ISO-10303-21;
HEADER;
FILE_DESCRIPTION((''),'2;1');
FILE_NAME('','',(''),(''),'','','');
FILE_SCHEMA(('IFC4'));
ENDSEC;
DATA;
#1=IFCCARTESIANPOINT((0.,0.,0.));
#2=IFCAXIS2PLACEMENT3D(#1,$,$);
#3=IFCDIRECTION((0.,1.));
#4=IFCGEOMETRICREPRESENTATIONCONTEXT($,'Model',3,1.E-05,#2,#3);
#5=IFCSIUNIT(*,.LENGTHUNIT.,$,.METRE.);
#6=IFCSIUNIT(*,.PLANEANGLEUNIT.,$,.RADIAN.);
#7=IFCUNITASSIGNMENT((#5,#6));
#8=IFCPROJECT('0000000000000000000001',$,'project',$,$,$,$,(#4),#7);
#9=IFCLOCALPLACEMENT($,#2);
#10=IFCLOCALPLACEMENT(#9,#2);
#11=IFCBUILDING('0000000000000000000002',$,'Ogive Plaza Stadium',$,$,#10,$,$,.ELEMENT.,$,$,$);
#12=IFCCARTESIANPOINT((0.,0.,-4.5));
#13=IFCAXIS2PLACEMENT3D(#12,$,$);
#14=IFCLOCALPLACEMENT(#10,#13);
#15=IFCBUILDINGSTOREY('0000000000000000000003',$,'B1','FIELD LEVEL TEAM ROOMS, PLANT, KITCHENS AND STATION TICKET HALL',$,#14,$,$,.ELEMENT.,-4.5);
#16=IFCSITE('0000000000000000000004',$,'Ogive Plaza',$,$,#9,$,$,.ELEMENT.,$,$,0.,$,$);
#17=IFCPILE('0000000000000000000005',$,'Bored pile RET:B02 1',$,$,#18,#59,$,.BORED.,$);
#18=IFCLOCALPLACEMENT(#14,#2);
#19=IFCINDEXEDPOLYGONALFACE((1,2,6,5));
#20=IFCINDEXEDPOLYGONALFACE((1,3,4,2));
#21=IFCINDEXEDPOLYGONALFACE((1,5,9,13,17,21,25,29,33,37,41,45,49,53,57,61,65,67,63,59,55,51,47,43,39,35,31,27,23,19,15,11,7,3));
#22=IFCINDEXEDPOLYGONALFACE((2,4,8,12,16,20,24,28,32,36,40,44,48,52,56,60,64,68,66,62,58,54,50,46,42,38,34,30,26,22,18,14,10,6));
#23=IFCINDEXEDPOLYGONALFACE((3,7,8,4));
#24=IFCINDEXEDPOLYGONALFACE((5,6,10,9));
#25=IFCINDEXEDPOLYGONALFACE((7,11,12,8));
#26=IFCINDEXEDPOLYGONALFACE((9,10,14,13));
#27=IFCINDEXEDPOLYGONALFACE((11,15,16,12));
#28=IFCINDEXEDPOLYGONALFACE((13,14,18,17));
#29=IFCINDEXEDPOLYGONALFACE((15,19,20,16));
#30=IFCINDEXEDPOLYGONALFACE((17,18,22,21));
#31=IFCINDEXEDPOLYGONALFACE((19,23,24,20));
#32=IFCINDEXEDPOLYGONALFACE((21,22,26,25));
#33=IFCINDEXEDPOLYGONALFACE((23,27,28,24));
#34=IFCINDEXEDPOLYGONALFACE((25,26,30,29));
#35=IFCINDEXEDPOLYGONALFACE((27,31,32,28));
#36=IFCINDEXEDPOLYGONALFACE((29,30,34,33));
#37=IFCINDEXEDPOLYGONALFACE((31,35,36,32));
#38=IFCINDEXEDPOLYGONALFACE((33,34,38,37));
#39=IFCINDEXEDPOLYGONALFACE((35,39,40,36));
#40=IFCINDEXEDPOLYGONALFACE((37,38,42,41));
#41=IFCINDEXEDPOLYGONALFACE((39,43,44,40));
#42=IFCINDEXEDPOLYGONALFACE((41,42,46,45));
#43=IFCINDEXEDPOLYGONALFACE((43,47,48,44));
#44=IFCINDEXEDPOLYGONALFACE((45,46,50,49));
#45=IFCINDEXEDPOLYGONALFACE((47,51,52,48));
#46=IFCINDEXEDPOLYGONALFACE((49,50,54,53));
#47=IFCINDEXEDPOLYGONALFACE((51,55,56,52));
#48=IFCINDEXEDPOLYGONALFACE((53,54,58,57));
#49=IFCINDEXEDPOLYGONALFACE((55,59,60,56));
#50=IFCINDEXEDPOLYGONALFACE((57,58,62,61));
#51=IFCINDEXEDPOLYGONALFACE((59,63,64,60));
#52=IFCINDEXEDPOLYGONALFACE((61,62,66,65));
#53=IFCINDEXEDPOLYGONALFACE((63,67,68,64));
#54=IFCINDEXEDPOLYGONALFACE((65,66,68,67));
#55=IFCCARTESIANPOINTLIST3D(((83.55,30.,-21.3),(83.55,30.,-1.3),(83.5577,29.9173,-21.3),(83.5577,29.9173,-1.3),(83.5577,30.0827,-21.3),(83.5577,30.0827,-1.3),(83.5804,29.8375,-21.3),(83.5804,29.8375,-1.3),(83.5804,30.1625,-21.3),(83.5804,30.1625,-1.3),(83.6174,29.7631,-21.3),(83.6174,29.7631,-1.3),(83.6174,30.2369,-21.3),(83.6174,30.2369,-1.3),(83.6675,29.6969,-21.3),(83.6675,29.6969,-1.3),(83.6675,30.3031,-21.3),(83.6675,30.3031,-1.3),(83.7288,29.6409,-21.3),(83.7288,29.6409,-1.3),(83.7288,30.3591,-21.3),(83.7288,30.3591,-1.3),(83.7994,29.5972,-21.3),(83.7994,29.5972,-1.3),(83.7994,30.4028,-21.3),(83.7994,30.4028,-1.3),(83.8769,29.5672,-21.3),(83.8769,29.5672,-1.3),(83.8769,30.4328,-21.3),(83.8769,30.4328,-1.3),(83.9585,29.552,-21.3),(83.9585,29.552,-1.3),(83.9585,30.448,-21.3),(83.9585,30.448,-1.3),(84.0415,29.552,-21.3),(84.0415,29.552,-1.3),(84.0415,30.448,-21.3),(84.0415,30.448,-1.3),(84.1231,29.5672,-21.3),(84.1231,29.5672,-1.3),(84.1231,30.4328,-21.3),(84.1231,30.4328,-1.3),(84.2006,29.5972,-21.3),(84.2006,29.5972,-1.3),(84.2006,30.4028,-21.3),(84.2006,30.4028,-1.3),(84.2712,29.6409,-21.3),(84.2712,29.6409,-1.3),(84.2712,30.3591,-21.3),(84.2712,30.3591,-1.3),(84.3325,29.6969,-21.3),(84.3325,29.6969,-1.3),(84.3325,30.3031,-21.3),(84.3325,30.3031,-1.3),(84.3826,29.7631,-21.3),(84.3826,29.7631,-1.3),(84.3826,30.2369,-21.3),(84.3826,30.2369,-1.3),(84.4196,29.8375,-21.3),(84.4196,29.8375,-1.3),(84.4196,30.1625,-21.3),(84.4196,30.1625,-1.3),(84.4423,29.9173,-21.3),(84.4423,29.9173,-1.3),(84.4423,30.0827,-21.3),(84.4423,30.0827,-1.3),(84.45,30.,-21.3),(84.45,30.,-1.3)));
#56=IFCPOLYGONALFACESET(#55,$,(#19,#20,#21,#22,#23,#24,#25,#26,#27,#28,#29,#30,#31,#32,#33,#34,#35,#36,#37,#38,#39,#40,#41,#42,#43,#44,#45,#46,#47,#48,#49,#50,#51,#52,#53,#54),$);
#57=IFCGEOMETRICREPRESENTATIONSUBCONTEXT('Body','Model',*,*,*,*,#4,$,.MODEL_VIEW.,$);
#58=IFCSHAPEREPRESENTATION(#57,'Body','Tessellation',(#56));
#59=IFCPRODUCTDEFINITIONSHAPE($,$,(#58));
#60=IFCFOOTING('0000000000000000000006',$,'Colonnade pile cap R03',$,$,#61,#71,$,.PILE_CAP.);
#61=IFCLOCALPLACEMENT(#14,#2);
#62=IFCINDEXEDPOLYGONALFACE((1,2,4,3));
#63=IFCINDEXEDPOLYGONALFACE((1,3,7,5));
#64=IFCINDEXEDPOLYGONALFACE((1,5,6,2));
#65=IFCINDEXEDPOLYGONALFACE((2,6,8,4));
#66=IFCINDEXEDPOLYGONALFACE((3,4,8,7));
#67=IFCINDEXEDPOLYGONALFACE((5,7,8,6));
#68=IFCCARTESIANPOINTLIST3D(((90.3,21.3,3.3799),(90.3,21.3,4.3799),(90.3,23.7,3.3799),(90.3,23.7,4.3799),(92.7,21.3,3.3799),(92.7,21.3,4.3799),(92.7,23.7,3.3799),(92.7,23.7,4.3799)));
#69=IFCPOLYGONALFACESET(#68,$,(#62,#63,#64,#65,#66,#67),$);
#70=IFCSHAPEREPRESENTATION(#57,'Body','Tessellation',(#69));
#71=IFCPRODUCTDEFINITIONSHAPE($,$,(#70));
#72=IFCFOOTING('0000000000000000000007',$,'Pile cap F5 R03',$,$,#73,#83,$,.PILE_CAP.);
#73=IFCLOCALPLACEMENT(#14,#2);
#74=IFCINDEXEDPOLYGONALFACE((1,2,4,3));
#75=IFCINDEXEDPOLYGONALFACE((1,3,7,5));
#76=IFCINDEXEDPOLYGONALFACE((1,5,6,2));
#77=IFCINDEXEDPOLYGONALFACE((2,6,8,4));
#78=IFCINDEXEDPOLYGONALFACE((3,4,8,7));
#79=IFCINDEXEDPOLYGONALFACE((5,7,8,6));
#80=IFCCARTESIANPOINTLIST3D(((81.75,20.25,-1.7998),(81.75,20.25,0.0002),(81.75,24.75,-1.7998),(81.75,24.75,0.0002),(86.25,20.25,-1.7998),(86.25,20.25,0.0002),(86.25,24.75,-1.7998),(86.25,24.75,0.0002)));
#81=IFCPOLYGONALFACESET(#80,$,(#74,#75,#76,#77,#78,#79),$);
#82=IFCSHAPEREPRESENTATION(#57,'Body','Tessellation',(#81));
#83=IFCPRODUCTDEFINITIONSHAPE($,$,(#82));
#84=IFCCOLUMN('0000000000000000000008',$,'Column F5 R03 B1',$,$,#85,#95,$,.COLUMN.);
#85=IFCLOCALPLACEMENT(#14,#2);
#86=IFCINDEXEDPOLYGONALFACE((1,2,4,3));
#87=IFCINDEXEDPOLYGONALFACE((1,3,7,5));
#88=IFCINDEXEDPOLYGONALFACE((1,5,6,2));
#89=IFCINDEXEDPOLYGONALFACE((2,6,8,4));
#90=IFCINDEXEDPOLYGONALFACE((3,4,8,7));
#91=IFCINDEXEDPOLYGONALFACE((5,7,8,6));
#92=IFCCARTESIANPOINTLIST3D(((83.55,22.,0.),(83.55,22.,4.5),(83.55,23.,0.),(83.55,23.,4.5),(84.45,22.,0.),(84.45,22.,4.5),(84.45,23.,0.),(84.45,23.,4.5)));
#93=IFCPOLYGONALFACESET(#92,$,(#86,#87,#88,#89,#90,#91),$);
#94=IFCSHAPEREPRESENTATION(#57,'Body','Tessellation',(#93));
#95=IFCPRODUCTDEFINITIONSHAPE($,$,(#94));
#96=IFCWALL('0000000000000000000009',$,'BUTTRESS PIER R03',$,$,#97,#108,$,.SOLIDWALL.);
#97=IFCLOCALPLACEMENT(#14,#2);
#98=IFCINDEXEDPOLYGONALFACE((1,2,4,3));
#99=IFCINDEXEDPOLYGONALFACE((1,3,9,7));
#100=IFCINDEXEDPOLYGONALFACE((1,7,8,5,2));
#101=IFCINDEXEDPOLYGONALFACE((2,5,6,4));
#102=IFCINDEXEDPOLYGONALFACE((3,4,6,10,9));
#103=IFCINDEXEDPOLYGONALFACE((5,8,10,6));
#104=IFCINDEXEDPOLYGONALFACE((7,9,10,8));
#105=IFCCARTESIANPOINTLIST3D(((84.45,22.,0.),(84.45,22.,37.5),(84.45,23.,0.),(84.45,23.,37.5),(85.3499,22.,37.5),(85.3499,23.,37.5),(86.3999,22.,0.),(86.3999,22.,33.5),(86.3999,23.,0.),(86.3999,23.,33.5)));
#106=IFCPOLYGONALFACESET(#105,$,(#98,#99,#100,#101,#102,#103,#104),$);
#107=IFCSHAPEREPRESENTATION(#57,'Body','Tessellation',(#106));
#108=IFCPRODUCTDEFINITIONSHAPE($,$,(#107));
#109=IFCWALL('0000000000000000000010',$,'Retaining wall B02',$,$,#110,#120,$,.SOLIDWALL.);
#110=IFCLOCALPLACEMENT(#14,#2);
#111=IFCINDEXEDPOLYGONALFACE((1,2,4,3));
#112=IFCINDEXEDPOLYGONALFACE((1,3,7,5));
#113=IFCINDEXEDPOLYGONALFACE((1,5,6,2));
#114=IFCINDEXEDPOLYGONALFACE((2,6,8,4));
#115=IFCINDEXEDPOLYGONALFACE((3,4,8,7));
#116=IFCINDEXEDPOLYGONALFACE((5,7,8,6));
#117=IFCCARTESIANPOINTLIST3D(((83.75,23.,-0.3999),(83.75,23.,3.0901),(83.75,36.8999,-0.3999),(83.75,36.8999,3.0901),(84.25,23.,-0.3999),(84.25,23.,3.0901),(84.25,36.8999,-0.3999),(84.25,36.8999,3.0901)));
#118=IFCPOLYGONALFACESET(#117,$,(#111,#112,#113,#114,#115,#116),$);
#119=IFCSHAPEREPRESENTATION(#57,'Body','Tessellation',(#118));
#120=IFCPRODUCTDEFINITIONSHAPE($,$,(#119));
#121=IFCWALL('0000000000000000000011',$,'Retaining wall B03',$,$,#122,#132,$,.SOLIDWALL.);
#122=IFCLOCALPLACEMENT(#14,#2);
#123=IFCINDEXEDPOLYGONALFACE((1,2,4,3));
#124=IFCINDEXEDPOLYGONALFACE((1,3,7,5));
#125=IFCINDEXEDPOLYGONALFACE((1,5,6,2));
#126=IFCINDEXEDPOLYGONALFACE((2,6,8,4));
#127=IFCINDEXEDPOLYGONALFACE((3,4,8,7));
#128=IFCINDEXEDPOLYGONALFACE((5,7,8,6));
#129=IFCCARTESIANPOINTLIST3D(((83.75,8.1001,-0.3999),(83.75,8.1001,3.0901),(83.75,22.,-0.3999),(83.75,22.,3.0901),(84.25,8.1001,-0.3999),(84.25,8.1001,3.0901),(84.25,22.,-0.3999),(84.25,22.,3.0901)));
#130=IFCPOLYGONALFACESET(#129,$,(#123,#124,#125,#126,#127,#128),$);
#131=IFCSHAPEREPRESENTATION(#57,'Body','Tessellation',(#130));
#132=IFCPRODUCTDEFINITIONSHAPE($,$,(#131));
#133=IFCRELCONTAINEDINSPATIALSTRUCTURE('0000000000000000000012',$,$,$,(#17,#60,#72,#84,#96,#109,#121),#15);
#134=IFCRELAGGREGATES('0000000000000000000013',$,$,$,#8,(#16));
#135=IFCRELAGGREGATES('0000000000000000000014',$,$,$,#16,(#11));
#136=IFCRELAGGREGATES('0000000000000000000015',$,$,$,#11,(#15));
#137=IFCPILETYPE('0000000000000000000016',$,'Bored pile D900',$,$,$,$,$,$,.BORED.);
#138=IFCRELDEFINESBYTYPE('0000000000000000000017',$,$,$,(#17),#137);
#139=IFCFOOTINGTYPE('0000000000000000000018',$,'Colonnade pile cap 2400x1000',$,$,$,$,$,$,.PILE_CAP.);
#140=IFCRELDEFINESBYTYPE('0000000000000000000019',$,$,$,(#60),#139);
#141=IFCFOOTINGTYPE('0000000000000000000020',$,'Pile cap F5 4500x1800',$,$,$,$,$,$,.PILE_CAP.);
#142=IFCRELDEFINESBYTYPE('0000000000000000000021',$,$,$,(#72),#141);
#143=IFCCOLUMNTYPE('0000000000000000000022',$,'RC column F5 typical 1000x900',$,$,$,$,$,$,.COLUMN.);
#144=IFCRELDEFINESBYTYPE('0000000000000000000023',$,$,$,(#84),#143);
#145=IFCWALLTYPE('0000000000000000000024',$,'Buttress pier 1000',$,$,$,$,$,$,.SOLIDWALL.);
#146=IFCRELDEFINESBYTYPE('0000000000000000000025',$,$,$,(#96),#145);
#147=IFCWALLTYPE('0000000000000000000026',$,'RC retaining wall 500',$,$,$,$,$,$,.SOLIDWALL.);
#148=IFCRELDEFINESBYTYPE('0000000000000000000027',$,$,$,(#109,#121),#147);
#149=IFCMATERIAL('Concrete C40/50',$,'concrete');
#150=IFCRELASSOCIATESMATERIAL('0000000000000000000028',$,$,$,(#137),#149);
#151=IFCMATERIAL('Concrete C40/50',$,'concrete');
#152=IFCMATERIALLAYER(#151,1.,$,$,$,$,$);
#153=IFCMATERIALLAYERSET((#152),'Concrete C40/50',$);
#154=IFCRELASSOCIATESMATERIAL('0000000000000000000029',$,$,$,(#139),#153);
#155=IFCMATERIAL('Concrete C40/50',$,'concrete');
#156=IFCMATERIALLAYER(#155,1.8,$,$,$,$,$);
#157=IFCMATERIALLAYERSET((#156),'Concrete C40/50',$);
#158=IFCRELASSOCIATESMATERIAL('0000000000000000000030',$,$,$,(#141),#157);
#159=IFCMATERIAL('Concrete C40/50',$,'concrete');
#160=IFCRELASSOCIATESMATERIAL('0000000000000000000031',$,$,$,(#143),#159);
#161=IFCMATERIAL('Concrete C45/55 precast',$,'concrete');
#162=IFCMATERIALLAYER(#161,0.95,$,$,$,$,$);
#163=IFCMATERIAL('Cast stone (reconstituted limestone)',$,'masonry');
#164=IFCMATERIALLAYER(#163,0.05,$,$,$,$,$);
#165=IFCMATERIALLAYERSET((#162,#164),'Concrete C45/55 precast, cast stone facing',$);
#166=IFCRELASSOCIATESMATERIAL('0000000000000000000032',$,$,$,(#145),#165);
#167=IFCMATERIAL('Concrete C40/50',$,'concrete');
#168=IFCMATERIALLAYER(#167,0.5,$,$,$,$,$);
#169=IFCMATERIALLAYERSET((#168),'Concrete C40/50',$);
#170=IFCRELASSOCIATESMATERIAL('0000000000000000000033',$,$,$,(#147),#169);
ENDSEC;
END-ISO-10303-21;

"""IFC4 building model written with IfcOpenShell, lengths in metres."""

from ifc_helpers import new_model, si_unit, direction, frame, frame_2d, origin, origin_2d, place, context, subcontext, project, spatial, polyline, rectangle, circle, outline, extrude, material, layer, layer_set, material_profile, profile_set, type_object, element, save


model = new_model("IFC4")

# Units and contexts
model_context = context("Model", 3, precision=1e-05, world=origin(), true_north=direction((0.0, 1.0)))
body_context = subcontext(model_context, "Body", "Model", "MODEL_VIEW")
ifc_project = project(units=[si_unit("LENGTHUNIT", "METRE"), si_unit("PLANEANGLEUNIT", "RADIAN")], contexts=[model_context])

# Site, building, storey
site_placement = place(None, origin())
site = spatial("IfcSite", under=ifc_project, at=site_placement, Name="Ogive Plaza", CompositionType="ELEMENT", RefElevation=0.0)
building_placement = place(site_placement, origin())
building = spatial("IfcBuilding", under=site, at=building_placement, Name="Ogive Plaza Stadium", CompositionType="ELEMENT")
storey_placement = place(building_placement, frame((0.0, 0.0, -4.5)))
storey = spatial("IfcBuildingStorey", under=building, at=storey_placement, Name="B1", Description="FIELD LEVEL TEAM ROOMS, PLANT, KITCHENS AND STATION TICKET HALL", CompositionType="ELEMENT", Elevation=-4.5)

# Pile
ifc_material_1 = material(Name="Concrete C40/50", Category="concrete")
ifc_material_profile_1 = material_profile(ifc_material_1, circle(Radius=0.45, at=origin_2d()), Name="RC D900")
ifc_profile_set_1 = profile_set([ifc_material_profile_1], Name="Concrete C40/50")
pile_type_1 = type_object("IfcPileType", Name="Bored pile D900", PredefinedType="BORED", material=ifc_profile_set_1)
pile_placement = place(storey_placement, frame((84.0, 30.0, -1.3), z_axis=(0.0, 0.0, -1.0), x_axis=(1.0, 0.0, 0.0)))
element("IfcPile", 1, at=pile_placement, inside=storey, type_object=pile_type_1, Name="Bored pile RET:B02 1", PredefinedType="BORED", context=body_context, shape_type="SweptSolid", body=[
    extrude(circle(Radius=0.45, at=origin_2d()), origin(), (0.0, 0.0, 1.0), 20.0),
])

# Footings
ifc_material_2 = material(Name="Concrete C40/50", Category="concrete")
ifc_layer_1 = layer(ifc_material_2, 1.0)
ifc_layer_set_1 = layer_set([ifc_layer_1], Name="Concrete C40/50")
footing_type_1 = type_object("IfcFootingType", Name="Colonnade pile cap 2400x1000", PredefinedType="PILE_CAP", material=ifc_layer_set_1)
footing_1_placement = place(storey_placement, frame((91.5, 22.5, 3.3799), z_axis=(0.0, 0.0, 1.0), x_axis=(1.0, 0.0, 0.0)))
element("IfcFooting", 2, at=footing_1_placement, inside=storey, type_object=footing_type_1, Name="Colonnade pile cap R03", PredefinedType="PILE_CAP", context=body_context, shape_type="SweptSolid", body=[
    extrude(rectangle(XDim=2.3999, YDim=2.3999, at=origin_2d()), origin(), (0.0, 0.0, 1.0), 1.0),
])
ifc_material_3 = material(Name="Concrete C40/50", Category="concrete")
ifc_layer_2 = layer(ifc_material_3, 1.8)
ifc_layer_set_2 = layer_set([ifc_layer_2], Name="Concrete C40/50")
footing_type_2 = type_object("IfcFootingType", Name="Pile cap F5 4500x1800", PredefinedType="PILE_CAP", material=ifc_layer_set_2)
footing_2_placement = place(storey_placement, frame((84.0, 22.5, -1.7998), z_axis=(0.0, 0.0, 1.0), x_axis=(1.0, 0.0, 0.0)))
element("IfcFooting", 3, at=footing_2_placement, inside=storey, type_object=footing_type_2, Name="Pile cap F5 R03", PredefinedType="PILE_CAP", context=body_context, shape_type="SweptSolid", body=[
    extrude(rectangle(XDim=4.5, YDim=4.5, at=origin_2d()), origin(), (0.0, 0.0, 1.0), 1.8),
])

# Column
ifc_material_4 = material(Name="Concrete C40/50", Category="concrete")
ifc_material_profile_2 = material_profile(ifc_material_4, rectangle(XDim=1.0, YDim=0.8999, at=origin_2d()), Name="RC 1000x900")
ifc_profile_set_2 = profile_set([ifc_material_profile_2], Name="Concrete C40/50")
column_type = type_object("IfcColumnType", Name="RC column F5 typical 1000x900", PredefinedType="COLUMN", material=ifc_profile_set_2)
column_placement = place(storey_placement, frame((84.0, 22.5, 0.0), z_axis=(0.0, 0.0, 1.0), x_axis=(0.0, 1.0, 0.0)))
element("IfcColumn", 4, at=column_placement, inside=storey, type_object=column_type, Name="Column F5 R03 B1", PredefinedType="COLUMN", context=body_context, shape_type="SweptSolid", body=[
    extrude(rectangle(XDim=1.0, YDim=0.8999, at=origin_2d()), origin(), (0.0, 0.0, 1.0), 4.5),
])

# Walls
ifc_material_5 = material(Name="Concrete C45/55 precast", Category="concrete")
ifc_layer_3 = layer(ifc_material_5, 0.95)
ifc_material_6 = material(Name="Cast stone (reconstituted limestone)", Category="masonry")
ifc_layer_4 = layer(ifc_material_6, 0.05)
ifc_layer_set_3 = layer_set([ifc_layer_3, ifc_layer_4], Name="Concrete C45/55 precast, cast stone facing")
wall_type_1 = type_object("IfcWallType", Name="Buttress pier 1000", PredefinedType="SOLIDWALL", material=ifc_layer_set_3)
wall_1_placement = place(storey_placement, frame((84.45, 22.5, 0.0), z_axis=(0.0, 0.0, 1.0), x_axis=(1.0, 0.0, 0.0)))
element("IfcWall", 5, at=wall_1_placement, inside=storey, type_object=wall_type_1, Name="BUTTRESS PIER R03", PredefinedType="SOLIDWALL", context=body_context, shape_type="SweptSolid", body=[
    extrude(outline(polyline([(0.0, 0.0), (1.95, 0.0), (1.95, 33.5), (0.8999, 37.5), (0.0, 37.5), (0.0, 0.0)])), frame((0.0, 0.5, 0.0), z_axis=(0.0, -1.0, 0.0), x_axis=(1.0, 0.0, 0.0)), (0.0, 0.0, 1.0), 1.0),
])
ifc_material_7 = material(Name="Concrete C40/50", Category="concrete")
ifc_layer_5 = layer(ifc_material_7, 0.5)
ifc_layer_set_4 = layer_set([ifc_layer_5], Name="Concrete C40/50")
wall_type_2 = type_object("IfcWallType", Name="RC retaining wall 500", PredefinedType="SOLIDWALL", material=ifc_layer_set_4)
for number, where, z_axis, x_axis, name in (
    (6, (84.0, 36.8999, -0.3999), (0.0, 0.0, 1.0), (0.0, -1.0, 0.0), "Retaining wall B02"),
    (7, (84.0, 22.0, -0.3999), (0.0, 0.0, 1.0), (0.0, -1.0, 0.0), "Retaining wall B03"),
):
    element("IfcWall", number, at=place(storey_placement, frame(where, z_axis=z_axis, x_axis=x_axis)), inside=storey, type_object=wall_type_2, Name=name, PredefinedType="SOLIDWALL", context=body_context, shape_type="SweptSolid", body=[
        extrude(rectangle(XDim=13.8999, YDim=0.5, at=frame_2d((6.95, 0.0))), origin(), (0.0, 0.0, 1.0), 3.49),
    ])

save(model, "model.ifc")
